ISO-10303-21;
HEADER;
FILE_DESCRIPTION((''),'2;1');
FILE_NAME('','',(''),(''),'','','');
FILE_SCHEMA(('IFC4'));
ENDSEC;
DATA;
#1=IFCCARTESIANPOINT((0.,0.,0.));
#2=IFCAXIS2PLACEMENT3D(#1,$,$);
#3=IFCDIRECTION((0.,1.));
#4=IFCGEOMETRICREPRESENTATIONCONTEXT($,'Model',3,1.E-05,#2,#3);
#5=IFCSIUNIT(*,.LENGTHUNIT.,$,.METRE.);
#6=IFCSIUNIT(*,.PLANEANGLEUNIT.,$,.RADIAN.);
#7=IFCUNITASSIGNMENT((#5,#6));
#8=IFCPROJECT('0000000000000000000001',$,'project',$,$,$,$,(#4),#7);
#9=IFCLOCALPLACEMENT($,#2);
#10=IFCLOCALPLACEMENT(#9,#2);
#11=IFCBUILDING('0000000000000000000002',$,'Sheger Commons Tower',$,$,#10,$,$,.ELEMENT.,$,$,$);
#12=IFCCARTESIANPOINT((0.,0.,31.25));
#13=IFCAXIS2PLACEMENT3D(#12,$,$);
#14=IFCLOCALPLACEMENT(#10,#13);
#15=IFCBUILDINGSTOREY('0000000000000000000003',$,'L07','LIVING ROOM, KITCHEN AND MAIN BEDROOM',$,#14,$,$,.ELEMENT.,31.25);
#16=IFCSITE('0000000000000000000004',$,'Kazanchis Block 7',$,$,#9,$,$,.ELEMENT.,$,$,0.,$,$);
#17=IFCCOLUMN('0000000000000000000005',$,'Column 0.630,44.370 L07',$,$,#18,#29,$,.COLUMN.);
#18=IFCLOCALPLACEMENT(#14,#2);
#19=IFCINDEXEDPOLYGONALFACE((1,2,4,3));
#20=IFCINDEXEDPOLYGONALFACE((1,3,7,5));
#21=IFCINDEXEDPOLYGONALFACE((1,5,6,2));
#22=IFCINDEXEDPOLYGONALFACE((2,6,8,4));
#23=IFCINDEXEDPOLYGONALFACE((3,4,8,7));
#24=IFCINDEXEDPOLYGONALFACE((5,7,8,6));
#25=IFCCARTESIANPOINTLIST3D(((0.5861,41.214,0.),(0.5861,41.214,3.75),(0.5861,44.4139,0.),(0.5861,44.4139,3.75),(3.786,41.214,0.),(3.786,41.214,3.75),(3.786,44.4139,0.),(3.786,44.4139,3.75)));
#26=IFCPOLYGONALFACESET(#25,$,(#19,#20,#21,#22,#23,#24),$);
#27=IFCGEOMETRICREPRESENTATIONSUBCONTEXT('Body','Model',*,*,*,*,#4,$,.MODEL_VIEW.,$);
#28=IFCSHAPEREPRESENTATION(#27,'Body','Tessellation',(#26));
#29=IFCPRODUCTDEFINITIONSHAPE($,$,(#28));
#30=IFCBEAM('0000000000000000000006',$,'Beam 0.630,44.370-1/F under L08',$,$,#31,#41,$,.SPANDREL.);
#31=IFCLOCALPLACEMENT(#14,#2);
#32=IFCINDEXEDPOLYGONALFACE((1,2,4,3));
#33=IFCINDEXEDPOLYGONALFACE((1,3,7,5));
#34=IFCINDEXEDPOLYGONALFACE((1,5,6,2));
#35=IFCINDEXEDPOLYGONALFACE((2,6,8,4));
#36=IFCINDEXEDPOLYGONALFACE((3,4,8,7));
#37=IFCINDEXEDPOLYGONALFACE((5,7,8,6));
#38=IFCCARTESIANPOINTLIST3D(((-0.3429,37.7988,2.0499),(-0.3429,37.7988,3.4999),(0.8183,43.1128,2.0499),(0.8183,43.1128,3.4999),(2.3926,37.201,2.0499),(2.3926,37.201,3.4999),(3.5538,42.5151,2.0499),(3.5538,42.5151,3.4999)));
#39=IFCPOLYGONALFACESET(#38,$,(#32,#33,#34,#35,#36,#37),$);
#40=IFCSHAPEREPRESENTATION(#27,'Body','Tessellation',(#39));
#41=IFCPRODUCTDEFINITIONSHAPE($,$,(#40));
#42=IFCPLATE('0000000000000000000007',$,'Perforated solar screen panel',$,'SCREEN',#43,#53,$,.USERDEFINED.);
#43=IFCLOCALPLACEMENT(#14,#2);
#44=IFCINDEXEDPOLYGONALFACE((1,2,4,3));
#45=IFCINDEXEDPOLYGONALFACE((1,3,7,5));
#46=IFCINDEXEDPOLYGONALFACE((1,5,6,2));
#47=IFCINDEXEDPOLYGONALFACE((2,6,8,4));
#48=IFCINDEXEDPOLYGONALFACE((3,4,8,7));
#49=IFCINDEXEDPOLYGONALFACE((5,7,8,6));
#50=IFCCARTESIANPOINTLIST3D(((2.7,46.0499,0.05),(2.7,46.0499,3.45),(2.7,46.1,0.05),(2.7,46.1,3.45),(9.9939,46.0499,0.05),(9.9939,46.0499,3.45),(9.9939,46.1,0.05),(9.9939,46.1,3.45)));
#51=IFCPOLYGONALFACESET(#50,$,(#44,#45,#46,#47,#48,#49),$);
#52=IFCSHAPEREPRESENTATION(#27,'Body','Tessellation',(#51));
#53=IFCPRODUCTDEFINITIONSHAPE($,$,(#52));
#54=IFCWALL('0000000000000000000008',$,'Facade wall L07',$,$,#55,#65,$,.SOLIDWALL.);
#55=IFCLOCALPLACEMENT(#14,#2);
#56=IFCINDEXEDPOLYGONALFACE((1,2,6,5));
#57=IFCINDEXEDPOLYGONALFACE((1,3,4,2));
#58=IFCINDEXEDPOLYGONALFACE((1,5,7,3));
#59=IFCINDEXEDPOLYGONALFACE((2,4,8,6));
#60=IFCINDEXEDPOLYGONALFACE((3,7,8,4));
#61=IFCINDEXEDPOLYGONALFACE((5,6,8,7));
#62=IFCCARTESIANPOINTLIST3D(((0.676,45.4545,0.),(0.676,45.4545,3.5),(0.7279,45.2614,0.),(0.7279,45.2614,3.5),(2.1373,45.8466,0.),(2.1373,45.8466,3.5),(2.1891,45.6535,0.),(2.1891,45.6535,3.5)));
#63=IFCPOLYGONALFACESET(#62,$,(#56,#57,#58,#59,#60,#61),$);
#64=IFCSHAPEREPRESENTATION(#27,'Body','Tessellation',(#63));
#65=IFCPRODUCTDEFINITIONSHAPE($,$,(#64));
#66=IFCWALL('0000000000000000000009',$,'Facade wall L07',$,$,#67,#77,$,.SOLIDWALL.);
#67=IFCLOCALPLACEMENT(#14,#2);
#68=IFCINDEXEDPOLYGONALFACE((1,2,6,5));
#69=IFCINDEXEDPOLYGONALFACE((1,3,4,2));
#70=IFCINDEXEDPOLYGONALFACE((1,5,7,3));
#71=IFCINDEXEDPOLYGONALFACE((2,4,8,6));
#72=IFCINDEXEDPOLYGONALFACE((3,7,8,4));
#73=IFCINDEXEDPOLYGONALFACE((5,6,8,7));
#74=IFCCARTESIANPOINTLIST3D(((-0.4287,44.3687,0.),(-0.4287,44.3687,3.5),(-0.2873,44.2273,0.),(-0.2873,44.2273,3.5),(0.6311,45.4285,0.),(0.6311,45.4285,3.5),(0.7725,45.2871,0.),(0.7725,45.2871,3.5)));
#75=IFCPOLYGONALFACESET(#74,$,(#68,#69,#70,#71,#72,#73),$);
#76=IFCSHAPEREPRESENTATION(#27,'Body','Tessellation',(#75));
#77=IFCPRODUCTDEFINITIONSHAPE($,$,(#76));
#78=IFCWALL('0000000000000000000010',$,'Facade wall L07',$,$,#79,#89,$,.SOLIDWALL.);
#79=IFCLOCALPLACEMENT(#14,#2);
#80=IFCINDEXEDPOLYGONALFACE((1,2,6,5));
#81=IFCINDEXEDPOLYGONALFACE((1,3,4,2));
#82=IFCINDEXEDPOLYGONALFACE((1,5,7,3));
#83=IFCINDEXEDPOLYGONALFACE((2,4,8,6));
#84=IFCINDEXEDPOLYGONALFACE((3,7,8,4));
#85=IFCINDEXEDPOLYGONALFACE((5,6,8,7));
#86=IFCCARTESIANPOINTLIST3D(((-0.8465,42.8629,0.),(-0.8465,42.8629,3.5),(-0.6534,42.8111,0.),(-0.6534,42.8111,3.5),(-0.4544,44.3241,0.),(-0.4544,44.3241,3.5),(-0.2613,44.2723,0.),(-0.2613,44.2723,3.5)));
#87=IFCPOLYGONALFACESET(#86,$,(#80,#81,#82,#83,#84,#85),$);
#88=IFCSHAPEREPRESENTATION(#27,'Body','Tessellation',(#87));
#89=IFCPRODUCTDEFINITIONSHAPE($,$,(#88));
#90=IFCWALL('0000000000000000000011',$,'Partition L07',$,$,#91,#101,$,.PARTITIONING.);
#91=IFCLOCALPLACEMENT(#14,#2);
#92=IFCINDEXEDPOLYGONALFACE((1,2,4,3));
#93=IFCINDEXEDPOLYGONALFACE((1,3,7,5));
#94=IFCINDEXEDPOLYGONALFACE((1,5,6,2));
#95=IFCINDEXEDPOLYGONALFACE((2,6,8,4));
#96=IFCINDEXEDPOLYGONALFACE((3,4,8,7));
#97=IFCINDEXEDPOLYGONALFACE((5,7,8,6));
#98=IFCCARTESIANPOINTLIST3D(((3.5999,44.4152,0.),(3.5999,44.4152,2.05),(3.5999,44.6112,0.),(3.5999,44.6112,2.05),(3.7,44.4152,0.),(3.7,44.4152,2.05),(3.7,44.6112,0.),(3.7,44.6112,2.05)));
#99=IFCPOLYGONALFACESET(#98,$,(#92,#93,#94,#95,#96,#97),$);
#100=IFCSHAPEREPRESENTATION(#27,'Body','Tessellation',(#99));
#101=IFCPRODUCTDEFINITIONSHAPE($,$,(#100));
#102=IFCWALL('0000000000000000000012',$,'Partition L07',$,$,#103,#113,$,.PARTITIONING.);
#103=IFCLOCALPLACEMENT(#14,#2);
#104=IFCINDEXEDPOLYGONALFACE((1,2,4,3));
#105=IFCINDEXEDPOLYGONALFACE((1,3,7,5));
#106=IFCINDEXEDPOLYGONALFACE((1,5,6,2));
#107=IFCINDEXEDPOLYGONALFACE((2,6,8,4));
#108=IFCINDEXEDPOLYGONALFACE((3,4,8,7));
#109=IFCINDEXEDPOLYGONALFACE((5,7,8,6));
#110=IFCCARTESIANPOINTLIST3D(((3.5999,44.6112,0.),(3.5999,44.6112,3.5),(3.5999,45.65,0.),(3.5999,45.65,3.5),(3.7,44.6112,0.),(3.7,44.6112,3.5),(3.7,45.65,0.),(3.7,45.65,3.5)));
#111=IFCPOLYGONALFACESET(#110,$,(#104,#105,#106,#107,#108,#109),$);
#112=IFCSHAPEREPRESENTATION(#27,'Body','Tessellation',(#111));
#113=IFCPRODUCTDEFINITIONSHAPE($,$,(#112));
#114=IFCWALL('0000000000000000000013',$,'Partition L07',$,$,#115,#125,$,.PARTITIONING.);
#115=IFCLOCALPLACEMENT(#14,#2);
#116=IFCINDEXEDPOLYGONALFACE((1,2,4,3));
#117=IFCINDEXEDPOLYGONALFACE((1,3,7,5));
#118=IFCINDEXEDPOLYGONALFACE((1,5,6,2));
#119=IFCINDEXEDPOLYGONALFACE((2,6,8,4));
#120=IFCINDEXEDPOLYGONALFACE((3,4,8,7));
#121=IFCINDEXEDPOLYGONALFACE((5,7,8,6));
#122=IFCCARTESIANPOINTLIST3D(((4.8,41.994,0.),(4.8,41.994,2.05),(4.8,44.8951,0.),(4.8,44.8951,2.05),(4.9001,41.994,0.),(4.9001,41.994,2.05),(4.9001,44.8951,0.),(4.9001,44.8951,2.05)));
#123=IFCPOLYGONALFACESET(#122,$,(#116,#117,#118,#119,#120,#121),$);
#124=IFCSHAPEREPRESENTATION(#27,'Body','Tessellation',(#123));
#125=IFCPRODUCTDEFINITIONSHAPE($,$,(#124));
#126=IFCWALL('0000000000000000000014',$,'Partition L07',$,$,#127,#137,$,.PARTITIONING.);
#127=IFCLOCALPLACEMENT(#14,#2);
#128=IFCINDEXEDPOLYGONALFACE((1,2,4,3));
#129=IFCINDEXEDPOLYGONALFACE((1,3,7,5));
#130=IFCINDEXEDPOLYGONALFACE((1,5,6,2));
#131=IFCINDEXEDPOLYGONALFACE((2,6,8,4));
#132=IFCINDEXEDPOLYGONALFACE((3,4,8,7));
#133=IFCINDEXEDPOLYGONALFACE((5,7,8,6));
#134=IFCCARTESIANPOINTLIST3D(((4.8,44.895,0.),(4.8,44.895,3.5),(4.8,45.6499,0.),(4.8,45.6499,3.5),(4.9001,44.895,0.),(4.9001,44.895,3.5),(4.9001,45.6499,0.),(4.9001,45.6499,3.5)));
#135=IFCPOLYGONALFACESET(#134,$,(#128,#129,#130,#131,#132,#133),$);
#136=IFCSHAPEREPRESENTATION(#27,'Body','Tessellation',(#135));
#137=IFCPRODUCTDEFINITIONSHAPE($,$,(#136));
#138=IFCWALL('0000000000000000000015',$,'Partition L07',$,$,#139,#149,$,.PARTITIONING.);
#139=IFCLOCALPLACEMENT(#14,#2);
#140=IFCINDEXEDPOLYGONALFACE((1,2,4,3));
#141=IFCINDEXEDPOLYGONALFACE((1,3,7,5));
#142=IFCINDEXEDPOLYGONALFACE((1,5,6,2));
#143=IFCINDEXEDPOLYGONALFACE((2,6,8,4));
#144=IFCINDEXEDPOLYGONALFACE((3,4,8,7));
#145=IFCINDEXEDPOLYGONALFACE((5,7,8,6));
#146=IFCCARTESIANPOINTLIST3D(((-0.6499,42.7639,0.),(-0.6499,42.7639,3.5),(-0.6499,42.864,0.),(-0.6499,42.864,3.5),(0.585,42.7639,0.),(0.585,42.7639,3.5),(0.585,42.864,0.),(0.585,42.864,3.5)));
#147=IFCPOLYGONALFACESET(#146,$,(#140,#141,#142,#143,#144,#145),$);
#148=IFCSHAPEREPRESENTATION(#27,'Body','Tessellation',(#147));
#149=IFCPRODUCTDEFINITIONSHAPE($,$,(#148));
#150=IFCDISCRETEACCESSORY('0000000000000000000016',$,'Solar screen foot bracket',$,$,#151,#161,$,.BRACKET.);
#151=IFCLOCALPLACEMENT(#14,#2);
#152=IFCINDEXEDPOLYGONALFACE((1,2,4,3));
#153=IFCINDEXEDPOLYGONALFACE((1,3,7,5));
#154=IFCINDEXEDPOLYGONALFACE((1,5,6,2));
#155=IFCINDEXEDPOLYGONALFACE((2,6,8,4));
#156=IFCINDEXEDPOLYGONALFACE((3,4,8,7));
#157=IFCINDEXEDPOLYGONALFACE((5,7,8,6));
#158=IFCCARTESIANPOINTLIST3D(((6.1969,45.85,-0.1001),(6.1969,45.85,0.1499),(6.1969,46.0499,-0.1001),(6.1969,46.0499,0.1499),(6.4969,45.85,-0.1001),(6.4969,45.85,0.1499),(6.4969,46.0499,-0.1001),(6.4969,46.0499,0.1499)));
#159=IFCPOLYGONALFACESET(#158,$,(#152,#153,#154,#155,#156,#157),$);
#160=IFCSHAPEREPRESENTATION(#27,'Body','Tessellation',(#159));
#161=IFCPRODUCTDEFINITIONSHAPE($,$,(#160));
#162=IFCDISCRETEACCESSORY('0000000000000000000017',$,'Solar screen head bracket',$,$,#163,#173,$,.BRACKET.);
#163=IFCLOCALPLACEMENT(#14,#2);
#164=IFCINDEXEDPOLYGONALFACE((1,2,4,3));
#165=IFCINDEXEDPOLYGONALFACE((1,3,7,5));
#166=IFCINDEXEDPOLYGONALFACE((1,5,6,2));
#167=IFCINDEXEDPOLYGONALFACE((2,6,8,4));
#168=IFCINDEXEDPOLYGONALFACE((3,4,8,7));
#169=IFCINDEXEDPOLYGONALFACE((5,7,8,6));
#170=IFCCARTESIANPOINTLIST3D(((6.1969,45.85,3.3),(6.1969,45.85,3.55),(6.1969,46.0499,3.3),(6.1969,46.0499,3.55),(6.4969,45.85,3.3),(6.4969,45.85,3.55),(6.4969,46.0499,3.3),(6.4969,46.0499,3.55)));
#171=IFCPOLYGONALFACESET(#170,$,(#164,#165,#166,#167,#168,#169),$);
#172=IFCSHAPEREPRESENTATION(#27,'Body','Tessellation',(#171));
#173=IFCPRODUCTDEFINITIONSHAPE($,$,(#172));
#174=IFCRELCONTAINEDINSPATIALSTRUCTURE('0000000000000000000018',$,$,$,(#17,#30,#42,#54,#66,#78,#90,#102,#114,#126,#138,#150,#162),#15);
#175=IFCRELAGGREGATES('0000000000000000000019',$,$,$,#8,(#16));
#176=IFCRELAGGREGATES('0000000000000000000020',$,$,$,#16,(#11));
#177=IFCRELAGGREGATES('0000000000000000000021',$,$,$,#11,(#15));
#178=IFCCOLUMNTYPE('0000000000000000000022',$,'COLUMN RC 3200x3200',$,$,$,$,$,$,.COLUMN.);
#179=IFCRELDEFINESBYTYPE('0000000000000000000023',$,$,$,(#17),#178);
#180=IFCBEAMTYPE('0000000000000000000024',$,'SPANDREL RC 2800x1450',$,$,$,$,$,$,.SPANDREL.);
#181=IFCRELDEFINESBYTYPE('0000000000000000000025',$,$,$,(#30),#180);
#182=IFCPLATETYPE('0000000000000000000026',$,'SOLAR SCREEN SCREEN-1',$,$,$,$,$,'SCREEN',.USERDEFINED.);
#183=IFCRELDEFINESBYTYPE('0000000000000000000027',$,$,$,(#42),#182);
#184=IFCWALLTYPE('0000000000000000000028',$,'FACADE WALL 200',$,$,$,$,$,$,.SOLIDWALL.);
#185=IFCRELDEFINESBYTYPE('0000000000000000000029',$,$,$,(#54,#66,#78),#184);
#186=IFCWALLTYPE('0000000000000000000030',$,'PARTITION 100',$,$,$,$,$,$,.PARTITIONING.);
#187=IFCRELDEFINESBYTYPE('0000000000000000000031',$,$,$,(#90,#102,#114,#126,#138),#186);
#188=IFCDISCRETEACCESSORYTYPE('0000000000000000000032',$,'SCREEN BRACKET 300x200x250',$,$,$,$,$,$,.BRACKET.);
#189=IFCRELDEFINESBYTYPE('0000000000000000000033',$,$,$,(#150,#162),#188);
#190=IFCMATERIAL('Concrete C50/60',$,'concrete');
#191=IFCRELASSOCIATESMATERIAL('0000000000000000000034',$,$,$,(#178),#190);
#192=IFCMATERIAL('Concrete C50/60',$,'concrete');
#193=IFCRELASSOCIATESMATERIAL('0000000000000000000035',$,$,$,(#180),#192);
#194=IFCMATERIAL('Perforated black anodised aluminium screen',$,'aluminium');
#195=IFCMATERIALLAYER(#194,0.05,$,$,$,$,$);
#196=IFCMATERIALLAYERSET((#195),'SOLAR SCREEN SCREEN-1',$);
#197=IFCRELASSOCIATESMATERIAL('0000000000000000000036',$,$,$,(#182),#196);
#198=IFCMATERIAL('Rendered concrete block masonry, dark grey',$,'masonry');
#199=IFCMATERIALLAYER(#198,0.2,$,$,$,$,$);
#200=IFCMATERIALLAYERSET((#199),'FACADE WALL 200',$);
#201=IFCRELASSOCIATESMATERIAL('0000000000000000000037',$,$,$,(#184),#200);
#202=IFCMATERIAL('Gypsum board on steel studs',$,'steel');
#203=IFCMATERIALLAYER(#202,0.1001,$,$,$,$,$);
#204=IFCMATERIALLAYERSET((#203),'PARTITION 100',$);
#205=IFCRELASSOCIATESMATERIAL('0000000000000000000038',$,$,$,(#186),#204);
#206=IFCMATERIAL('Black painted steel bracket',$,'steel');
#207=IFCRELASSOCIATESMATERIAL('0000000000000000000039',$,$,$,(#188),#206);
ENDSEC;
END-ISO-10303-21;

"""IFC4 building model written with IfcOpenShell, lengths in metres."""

from ifc_helpers import new_model, si_unit, direction, frame, frame_2d, origin, origin_2d, place, context, subcontext, project, spatial, rectangle, extrude, material, layer, layer_set, material_profile, profile_set, type_object, element, save


model = new_model("IFC4")

# Units and contexts
model_context = context("Model", 3, precision=1e-05, world=origin(), true_north=direction((0.0, 1.0)))
body_context = subcontext(model_context, "Body", "Model", "MODEL_VIEW")
ifc_project = project(units=[si_unit("LENGTHUNIT", "METRE"), si_unit("PLANEANGLEUNIT", "RADIAN")], contexts=[model_context])

# Site, building, storey
site_placement = place(None, origin())
site = spatial("IfcSite", under=ifc_project, at=site_placement, Name="Kazanchis Block 7", CompositionType="ELEMENT", RefElevation=0.0)
building_placement = place(site_placement, origin())
building = spatial("IfcBuilding", under=site, at=building_placement, Name="Sheger Commons Tower", CompositionType="ELEMENT")
storey_placement = place(building_placement, frame((0.0, 0.0, 31.25)))
storey = spatial("IfcBuildingStorey", under=building, at=storey_placement, Name="L07", Description="LIVING ROOM, KITCHEN AND MAIN BEDROOM", CompositionType="ELEMENT", Elevation=31.25)

# Column
ifc_material_1 = material(Name="Concrete C50/60", Category="concrete")
ifc_material_profile_1 = material_profile(ifc_material_1, rectangle(XDim=3.2, YDim=3.2, at=origin_2d()), Name="RC 3200x3200")
ifc_profile_set_1 = profile_set([ifc_material_profile_1], Name="Concrete C50/60")
column_type = type_object("IfcColumnType", Name="COLUMN RC 3200x3200", PredefinedType="COLUMN", material=ifc_profile_set_1)
column_placement = place(storey_placement, frame((2.186, 42.814, 0.0), z_axis=(0.0, 0.0, 1.0), x_axis=(1.0, 0.0, 0.0)))
element("IfcColumn", 1, at=column_placement, inside=storey, type_object=column_type, Name="Column 0.630,44.370 L07", PredefinedType="COLUMN", context=body_context, shape_type="SweptSolid", body=[
    extrude(rectangle(XDim=3.2, YDim=3.2, at=origin_2d()), origin(), (0.0, 0.0, 1.0), 3.75),
])

# Beam
ifc_material_2 = material(Name="Concrete C50/60", Category="concrete")
ifc_material_profile_2 = material_profile(ifc_material_2, rectangle(XDim=2.8, YDim=1.45, at=origin_2d()), Name="RC 2800x1450")
ifc_profile_set_2 = profile_set([ifc_material_profile_2], Name="Concrete C50/60")
beam_type = type_object("IfcBeamType", Name="SPANDREL RC 2800x1450", PredefinedType="SPANDREL", material=ifc_profile_set_2)
beam_placement = place(storey_placement, frame((2.186, 42.814, 2.7749), z_axis=(-0.213469, -0.97695, 0.0), x_axis=(0.97695, -0.213469, 0.0)))
element("IfcBeam", 2, at=beam_placement, inside=storey, type_object=beam_type, Name="Beam 0.630,44.370-1/F under L08", PredefinedType="SPANDREL", context=body_context, shape_type="SweptSolid", body=[
    extrude(rectangle(XDim=2.8, YDim=1.45, at=origin_2d()), origin(), (0.0, 0.0, 1.0), 5.4395),
])

# Plate
ifc_material_3 = material(Name="Perforated black anodised aluminium screen", Category="aluminium")
ifc_layer_1 = layer(ifc_material_3, 0.05)
ifc_layer_set_1 = layer_set([ifc_layer_1], Name="SOLAR SCREEN SCREEN-1")
plate_type = type_object("IfcPlateType", Name="SOLAR SCREEN SCREEN-1", ElementType="SCREEN", PredefinedType="USERDEFINED", material=ifc_layer_set_1)
plate_placement = place(storey_placement, frame((6.3469, 46.075, 0.05), z_axis=(0.0, 0.0, 1.0), x_axis=(-1.0, 0.0, 0.0)))
element("IfcPlate", 3, at=plate_placement, inside=storey, type_object=plate_type, Name="Perforated solar screen panel", ObjectType="SCREEN", PredefinedType="USERDEFINED", context=body_context, shape_type="SweptSolid", body=[
    extrude(rectangle(XDim=7.2939, YDim=0.05, at=origin_2d()), origin(), (0.0, 0.0, 1.0), 3.3999),
])

# Walls
ifc_material_4 = material(Name="Rendered concrete block masonry, dark grey", Category="masonry")
ifc_layer_2 = layer(ifc_material_4, 0.2)
ifc_layer_set_2 = layer_set([ifc_layer_2], Name="FACADE WALL 200")
wall_type_1 = type_object("IfcWallType", Name="FACADE WALL 200", PredefinedType="SOLIDWALL", material=ifc_layer_set_2)
wall_1_placement = place(storey_placement, frame((2.1631, 45.75, 0.0), z_axis=(0.0, 0.0, 1.0), x_axis=(-0.965832, -0.259169, 0.0)))
element("IfcWall", 4, at=wall_1_placement, inside=storey, type_object=wall_type_1, Name="Facade wall L07", PredefinedType="SOLIDWALL", context=body_context, shape_type="SweptSolid", body=[
    extrude(rectangle(XDim=1.5129, YDim=0.2, at=frame_2d((0.7563, 0.0))), origin(), (0.0, 0.0, 1.0), 3.5),
])
wall_2_placement = place(storey_placement, frame((0.7019, 45.3579, 0.0), z_axis=(0.0, 0.0, 1.0), x_axis=(-0.707107, -0.707107, 0.0)))
element("IfcWall", 5, at=wall_2_placement, inside=storey, type_object=wall_type_1, Name="Facade wall L07", PredefinedType="SOLIDWALL", context=body_context, shape_type="SweptSolid", body=[
    extrude(rectangle(XDim=1.4988, YDim=0.2, at=frame_2d((0.7495, 0.0))), origin(), (0.0, 0.0, 1.0), 3.5),
])
wall_3_placement = place(storey_placement, frame((-0.3579, 44.2981, 0.0), z_axis=(0.0, 0.0, 1.0), x_axis=(-0.259169, -0.965832, 0.0)))
element("IfcWall", 6, at=wall_3_placement, inside=storey, type_object=wall_type_1, Name="Facade wall L07", PredefinedType="SOLIDWALL", context=body_context, shape_type="SweptSolid", body=[
    extrude(rectangle(XDim=1.5129, YDim=0.2, at=frame_2d((0.7563, 0.0))), origin(), (0.0, 0.0, 1.0), 3.5),
])

# Walls
ifc_material_5 = material(Name="Gypsum board on steel studs", Category="steel")
ifc_layer_3 = layer(ifc_material_5, 0.1001)
ifc_layer_set_3 = layer_set([ifc_layer_3], Name="PARTITION 100")
wall_type_2 = type_object("IfcWallType", Name="PARTITION 100", PredefinedType="PARTITIONING", material=ifc_layer_set_3)
wall_4_placement = place(storey_placement, frame((3.6499, 44.415, 0.0), z_axis=(0.0, 0.0, 1.0), x_axis=(0.0, 1.0, 0.0)))
element("IfcWall", 7, at=wall_4_placement, inside=storey, type_object=wall_type_2, Name="Partition L07", PredefinedType="PARTITIONING", context=body_context, shape_type="SweptSolid", body=[
    extrude(rectangle(XDim=0.196, YDim=0.1001, at=frame_2d((0.0981, 0.0))), origin(), (0.0, 0.0, 1.0), 2.05),
])
wall_5_placement = place(storey_placement, frame((3.6499, 44.6111, 0.0), z_axis=(0.0, 0.0, 1.0), x_axis=(0.0, 1.0, 0.0)))
element("IfcWall", 8, at=wall_5_placement, inside=storey, type_object=wall_type_2, Name="Partition L07", PredefinedType="PARTITIONING", context=body_context, shape_type="SweptSolid", body=[
    extrude(rectangle(XDim=1.0388, YDim=0.1001, at=frame_2d((0.5195, 0.0))), origin(), (0.0, 0.0, 1.0), 3.5),
])
wall_6_placement = place(storey_placement, frame((4.8501, 41.9939, 0.0), z_axis=(0.0, 0.0, 1.0), x_axis=(0.0, 1.0, 0.0)))
element("IfcWall", 9, at=wall_6_placement, inside=storey, type_object=wall_type_2, Name="Partition L07", PredefinedType="PARTITIONING", context=body_context, shape_type="SweptSolid", body=[
    extrude(rectangle(XDim=2.9011, YDim=0.1001, at=frame_2d((1.4507, 0.0))), origin(), (0.0, 0.0, 1.0), 2.05),
])
wall_7_placement = place(storey_placement, frame((4.8501, 44.895, 0.0), z_axis=(0.0, 0.0, 1.0), x_axis=(0.0, 1.0, 0.0)))
element("IfcWall", 10, at=wall_7_placement, inside=storey, type_object=wall_type_2, Name="Partition L07", PredefinedType="PARTITIONING", context=body_context, shape_type="SweptSolid", body=[
    extrude(rectangle(XDim=0.7549, YDim=0.1001, at=frame_2d((0.3774, 0.0))), origin(), (0.0, 0.0, 1.0), 3.5),
])
wall_8_placement = place(storey_placement, frame((-0.6499, 42.814, 0.0), z_axis=(0.0, 0.0, 1.0), x_axis=(1.0, 0.0, 0.0)))
element("IfcWall", 11, at=wall_8_placement, inside=storey, type_object=wall_type_2, Name="Partition L07", PredefinedType="PARTITIONING", context=body_context, shape_type="SweptSolid", body=[
    extrude(rectangle(XDim=1.2349, YDim=0.1001, at=frame_2d((0.6174, 0.0))), origin(), (0.0, 0.0, 1.0), 3.5),
])

# Discrete accessories
ifc_material_6 = material(Name="Black painted steel bracket", Category="steel")
discrete_accessory_type = type_object("IfcDiscreteAccessoryType", Name="SCREEN BRACKET 300x200x250", PredefinedType="BRACKET", material=ifc_material_6)
for number, where, z_axis, x_axis, name in (
    (12, (6.3469, 45.95, -0.1001), (0.0, 0.0, 1.0), (-1.0, 0.0, 0.0), "Solar screen foot bracket"),
    (13, (6.3469, 45.95, 3.3), (0.0, 0.0, 1.0), (-1.0, 0.0, 0.0), "Solar screen head bracket"),
):
    element("IfcDiscreteAccessory", number, at=place(storey_placement, frame(where, z_axis=z_axis, x_axis=x_axis)), inside=storey, type_object=discrete_accessory_type, Name=name, PredefinedType="BRACKET", context=body_context, shape_type="SweptSolid", body=[
        extrude(rectangle(XDim=0.3, YDim=0.2, at=origin_2d()), origin(), (0.0, 0.0, 1.0), 0.25),
    ])

save(model, "model.ifc")
